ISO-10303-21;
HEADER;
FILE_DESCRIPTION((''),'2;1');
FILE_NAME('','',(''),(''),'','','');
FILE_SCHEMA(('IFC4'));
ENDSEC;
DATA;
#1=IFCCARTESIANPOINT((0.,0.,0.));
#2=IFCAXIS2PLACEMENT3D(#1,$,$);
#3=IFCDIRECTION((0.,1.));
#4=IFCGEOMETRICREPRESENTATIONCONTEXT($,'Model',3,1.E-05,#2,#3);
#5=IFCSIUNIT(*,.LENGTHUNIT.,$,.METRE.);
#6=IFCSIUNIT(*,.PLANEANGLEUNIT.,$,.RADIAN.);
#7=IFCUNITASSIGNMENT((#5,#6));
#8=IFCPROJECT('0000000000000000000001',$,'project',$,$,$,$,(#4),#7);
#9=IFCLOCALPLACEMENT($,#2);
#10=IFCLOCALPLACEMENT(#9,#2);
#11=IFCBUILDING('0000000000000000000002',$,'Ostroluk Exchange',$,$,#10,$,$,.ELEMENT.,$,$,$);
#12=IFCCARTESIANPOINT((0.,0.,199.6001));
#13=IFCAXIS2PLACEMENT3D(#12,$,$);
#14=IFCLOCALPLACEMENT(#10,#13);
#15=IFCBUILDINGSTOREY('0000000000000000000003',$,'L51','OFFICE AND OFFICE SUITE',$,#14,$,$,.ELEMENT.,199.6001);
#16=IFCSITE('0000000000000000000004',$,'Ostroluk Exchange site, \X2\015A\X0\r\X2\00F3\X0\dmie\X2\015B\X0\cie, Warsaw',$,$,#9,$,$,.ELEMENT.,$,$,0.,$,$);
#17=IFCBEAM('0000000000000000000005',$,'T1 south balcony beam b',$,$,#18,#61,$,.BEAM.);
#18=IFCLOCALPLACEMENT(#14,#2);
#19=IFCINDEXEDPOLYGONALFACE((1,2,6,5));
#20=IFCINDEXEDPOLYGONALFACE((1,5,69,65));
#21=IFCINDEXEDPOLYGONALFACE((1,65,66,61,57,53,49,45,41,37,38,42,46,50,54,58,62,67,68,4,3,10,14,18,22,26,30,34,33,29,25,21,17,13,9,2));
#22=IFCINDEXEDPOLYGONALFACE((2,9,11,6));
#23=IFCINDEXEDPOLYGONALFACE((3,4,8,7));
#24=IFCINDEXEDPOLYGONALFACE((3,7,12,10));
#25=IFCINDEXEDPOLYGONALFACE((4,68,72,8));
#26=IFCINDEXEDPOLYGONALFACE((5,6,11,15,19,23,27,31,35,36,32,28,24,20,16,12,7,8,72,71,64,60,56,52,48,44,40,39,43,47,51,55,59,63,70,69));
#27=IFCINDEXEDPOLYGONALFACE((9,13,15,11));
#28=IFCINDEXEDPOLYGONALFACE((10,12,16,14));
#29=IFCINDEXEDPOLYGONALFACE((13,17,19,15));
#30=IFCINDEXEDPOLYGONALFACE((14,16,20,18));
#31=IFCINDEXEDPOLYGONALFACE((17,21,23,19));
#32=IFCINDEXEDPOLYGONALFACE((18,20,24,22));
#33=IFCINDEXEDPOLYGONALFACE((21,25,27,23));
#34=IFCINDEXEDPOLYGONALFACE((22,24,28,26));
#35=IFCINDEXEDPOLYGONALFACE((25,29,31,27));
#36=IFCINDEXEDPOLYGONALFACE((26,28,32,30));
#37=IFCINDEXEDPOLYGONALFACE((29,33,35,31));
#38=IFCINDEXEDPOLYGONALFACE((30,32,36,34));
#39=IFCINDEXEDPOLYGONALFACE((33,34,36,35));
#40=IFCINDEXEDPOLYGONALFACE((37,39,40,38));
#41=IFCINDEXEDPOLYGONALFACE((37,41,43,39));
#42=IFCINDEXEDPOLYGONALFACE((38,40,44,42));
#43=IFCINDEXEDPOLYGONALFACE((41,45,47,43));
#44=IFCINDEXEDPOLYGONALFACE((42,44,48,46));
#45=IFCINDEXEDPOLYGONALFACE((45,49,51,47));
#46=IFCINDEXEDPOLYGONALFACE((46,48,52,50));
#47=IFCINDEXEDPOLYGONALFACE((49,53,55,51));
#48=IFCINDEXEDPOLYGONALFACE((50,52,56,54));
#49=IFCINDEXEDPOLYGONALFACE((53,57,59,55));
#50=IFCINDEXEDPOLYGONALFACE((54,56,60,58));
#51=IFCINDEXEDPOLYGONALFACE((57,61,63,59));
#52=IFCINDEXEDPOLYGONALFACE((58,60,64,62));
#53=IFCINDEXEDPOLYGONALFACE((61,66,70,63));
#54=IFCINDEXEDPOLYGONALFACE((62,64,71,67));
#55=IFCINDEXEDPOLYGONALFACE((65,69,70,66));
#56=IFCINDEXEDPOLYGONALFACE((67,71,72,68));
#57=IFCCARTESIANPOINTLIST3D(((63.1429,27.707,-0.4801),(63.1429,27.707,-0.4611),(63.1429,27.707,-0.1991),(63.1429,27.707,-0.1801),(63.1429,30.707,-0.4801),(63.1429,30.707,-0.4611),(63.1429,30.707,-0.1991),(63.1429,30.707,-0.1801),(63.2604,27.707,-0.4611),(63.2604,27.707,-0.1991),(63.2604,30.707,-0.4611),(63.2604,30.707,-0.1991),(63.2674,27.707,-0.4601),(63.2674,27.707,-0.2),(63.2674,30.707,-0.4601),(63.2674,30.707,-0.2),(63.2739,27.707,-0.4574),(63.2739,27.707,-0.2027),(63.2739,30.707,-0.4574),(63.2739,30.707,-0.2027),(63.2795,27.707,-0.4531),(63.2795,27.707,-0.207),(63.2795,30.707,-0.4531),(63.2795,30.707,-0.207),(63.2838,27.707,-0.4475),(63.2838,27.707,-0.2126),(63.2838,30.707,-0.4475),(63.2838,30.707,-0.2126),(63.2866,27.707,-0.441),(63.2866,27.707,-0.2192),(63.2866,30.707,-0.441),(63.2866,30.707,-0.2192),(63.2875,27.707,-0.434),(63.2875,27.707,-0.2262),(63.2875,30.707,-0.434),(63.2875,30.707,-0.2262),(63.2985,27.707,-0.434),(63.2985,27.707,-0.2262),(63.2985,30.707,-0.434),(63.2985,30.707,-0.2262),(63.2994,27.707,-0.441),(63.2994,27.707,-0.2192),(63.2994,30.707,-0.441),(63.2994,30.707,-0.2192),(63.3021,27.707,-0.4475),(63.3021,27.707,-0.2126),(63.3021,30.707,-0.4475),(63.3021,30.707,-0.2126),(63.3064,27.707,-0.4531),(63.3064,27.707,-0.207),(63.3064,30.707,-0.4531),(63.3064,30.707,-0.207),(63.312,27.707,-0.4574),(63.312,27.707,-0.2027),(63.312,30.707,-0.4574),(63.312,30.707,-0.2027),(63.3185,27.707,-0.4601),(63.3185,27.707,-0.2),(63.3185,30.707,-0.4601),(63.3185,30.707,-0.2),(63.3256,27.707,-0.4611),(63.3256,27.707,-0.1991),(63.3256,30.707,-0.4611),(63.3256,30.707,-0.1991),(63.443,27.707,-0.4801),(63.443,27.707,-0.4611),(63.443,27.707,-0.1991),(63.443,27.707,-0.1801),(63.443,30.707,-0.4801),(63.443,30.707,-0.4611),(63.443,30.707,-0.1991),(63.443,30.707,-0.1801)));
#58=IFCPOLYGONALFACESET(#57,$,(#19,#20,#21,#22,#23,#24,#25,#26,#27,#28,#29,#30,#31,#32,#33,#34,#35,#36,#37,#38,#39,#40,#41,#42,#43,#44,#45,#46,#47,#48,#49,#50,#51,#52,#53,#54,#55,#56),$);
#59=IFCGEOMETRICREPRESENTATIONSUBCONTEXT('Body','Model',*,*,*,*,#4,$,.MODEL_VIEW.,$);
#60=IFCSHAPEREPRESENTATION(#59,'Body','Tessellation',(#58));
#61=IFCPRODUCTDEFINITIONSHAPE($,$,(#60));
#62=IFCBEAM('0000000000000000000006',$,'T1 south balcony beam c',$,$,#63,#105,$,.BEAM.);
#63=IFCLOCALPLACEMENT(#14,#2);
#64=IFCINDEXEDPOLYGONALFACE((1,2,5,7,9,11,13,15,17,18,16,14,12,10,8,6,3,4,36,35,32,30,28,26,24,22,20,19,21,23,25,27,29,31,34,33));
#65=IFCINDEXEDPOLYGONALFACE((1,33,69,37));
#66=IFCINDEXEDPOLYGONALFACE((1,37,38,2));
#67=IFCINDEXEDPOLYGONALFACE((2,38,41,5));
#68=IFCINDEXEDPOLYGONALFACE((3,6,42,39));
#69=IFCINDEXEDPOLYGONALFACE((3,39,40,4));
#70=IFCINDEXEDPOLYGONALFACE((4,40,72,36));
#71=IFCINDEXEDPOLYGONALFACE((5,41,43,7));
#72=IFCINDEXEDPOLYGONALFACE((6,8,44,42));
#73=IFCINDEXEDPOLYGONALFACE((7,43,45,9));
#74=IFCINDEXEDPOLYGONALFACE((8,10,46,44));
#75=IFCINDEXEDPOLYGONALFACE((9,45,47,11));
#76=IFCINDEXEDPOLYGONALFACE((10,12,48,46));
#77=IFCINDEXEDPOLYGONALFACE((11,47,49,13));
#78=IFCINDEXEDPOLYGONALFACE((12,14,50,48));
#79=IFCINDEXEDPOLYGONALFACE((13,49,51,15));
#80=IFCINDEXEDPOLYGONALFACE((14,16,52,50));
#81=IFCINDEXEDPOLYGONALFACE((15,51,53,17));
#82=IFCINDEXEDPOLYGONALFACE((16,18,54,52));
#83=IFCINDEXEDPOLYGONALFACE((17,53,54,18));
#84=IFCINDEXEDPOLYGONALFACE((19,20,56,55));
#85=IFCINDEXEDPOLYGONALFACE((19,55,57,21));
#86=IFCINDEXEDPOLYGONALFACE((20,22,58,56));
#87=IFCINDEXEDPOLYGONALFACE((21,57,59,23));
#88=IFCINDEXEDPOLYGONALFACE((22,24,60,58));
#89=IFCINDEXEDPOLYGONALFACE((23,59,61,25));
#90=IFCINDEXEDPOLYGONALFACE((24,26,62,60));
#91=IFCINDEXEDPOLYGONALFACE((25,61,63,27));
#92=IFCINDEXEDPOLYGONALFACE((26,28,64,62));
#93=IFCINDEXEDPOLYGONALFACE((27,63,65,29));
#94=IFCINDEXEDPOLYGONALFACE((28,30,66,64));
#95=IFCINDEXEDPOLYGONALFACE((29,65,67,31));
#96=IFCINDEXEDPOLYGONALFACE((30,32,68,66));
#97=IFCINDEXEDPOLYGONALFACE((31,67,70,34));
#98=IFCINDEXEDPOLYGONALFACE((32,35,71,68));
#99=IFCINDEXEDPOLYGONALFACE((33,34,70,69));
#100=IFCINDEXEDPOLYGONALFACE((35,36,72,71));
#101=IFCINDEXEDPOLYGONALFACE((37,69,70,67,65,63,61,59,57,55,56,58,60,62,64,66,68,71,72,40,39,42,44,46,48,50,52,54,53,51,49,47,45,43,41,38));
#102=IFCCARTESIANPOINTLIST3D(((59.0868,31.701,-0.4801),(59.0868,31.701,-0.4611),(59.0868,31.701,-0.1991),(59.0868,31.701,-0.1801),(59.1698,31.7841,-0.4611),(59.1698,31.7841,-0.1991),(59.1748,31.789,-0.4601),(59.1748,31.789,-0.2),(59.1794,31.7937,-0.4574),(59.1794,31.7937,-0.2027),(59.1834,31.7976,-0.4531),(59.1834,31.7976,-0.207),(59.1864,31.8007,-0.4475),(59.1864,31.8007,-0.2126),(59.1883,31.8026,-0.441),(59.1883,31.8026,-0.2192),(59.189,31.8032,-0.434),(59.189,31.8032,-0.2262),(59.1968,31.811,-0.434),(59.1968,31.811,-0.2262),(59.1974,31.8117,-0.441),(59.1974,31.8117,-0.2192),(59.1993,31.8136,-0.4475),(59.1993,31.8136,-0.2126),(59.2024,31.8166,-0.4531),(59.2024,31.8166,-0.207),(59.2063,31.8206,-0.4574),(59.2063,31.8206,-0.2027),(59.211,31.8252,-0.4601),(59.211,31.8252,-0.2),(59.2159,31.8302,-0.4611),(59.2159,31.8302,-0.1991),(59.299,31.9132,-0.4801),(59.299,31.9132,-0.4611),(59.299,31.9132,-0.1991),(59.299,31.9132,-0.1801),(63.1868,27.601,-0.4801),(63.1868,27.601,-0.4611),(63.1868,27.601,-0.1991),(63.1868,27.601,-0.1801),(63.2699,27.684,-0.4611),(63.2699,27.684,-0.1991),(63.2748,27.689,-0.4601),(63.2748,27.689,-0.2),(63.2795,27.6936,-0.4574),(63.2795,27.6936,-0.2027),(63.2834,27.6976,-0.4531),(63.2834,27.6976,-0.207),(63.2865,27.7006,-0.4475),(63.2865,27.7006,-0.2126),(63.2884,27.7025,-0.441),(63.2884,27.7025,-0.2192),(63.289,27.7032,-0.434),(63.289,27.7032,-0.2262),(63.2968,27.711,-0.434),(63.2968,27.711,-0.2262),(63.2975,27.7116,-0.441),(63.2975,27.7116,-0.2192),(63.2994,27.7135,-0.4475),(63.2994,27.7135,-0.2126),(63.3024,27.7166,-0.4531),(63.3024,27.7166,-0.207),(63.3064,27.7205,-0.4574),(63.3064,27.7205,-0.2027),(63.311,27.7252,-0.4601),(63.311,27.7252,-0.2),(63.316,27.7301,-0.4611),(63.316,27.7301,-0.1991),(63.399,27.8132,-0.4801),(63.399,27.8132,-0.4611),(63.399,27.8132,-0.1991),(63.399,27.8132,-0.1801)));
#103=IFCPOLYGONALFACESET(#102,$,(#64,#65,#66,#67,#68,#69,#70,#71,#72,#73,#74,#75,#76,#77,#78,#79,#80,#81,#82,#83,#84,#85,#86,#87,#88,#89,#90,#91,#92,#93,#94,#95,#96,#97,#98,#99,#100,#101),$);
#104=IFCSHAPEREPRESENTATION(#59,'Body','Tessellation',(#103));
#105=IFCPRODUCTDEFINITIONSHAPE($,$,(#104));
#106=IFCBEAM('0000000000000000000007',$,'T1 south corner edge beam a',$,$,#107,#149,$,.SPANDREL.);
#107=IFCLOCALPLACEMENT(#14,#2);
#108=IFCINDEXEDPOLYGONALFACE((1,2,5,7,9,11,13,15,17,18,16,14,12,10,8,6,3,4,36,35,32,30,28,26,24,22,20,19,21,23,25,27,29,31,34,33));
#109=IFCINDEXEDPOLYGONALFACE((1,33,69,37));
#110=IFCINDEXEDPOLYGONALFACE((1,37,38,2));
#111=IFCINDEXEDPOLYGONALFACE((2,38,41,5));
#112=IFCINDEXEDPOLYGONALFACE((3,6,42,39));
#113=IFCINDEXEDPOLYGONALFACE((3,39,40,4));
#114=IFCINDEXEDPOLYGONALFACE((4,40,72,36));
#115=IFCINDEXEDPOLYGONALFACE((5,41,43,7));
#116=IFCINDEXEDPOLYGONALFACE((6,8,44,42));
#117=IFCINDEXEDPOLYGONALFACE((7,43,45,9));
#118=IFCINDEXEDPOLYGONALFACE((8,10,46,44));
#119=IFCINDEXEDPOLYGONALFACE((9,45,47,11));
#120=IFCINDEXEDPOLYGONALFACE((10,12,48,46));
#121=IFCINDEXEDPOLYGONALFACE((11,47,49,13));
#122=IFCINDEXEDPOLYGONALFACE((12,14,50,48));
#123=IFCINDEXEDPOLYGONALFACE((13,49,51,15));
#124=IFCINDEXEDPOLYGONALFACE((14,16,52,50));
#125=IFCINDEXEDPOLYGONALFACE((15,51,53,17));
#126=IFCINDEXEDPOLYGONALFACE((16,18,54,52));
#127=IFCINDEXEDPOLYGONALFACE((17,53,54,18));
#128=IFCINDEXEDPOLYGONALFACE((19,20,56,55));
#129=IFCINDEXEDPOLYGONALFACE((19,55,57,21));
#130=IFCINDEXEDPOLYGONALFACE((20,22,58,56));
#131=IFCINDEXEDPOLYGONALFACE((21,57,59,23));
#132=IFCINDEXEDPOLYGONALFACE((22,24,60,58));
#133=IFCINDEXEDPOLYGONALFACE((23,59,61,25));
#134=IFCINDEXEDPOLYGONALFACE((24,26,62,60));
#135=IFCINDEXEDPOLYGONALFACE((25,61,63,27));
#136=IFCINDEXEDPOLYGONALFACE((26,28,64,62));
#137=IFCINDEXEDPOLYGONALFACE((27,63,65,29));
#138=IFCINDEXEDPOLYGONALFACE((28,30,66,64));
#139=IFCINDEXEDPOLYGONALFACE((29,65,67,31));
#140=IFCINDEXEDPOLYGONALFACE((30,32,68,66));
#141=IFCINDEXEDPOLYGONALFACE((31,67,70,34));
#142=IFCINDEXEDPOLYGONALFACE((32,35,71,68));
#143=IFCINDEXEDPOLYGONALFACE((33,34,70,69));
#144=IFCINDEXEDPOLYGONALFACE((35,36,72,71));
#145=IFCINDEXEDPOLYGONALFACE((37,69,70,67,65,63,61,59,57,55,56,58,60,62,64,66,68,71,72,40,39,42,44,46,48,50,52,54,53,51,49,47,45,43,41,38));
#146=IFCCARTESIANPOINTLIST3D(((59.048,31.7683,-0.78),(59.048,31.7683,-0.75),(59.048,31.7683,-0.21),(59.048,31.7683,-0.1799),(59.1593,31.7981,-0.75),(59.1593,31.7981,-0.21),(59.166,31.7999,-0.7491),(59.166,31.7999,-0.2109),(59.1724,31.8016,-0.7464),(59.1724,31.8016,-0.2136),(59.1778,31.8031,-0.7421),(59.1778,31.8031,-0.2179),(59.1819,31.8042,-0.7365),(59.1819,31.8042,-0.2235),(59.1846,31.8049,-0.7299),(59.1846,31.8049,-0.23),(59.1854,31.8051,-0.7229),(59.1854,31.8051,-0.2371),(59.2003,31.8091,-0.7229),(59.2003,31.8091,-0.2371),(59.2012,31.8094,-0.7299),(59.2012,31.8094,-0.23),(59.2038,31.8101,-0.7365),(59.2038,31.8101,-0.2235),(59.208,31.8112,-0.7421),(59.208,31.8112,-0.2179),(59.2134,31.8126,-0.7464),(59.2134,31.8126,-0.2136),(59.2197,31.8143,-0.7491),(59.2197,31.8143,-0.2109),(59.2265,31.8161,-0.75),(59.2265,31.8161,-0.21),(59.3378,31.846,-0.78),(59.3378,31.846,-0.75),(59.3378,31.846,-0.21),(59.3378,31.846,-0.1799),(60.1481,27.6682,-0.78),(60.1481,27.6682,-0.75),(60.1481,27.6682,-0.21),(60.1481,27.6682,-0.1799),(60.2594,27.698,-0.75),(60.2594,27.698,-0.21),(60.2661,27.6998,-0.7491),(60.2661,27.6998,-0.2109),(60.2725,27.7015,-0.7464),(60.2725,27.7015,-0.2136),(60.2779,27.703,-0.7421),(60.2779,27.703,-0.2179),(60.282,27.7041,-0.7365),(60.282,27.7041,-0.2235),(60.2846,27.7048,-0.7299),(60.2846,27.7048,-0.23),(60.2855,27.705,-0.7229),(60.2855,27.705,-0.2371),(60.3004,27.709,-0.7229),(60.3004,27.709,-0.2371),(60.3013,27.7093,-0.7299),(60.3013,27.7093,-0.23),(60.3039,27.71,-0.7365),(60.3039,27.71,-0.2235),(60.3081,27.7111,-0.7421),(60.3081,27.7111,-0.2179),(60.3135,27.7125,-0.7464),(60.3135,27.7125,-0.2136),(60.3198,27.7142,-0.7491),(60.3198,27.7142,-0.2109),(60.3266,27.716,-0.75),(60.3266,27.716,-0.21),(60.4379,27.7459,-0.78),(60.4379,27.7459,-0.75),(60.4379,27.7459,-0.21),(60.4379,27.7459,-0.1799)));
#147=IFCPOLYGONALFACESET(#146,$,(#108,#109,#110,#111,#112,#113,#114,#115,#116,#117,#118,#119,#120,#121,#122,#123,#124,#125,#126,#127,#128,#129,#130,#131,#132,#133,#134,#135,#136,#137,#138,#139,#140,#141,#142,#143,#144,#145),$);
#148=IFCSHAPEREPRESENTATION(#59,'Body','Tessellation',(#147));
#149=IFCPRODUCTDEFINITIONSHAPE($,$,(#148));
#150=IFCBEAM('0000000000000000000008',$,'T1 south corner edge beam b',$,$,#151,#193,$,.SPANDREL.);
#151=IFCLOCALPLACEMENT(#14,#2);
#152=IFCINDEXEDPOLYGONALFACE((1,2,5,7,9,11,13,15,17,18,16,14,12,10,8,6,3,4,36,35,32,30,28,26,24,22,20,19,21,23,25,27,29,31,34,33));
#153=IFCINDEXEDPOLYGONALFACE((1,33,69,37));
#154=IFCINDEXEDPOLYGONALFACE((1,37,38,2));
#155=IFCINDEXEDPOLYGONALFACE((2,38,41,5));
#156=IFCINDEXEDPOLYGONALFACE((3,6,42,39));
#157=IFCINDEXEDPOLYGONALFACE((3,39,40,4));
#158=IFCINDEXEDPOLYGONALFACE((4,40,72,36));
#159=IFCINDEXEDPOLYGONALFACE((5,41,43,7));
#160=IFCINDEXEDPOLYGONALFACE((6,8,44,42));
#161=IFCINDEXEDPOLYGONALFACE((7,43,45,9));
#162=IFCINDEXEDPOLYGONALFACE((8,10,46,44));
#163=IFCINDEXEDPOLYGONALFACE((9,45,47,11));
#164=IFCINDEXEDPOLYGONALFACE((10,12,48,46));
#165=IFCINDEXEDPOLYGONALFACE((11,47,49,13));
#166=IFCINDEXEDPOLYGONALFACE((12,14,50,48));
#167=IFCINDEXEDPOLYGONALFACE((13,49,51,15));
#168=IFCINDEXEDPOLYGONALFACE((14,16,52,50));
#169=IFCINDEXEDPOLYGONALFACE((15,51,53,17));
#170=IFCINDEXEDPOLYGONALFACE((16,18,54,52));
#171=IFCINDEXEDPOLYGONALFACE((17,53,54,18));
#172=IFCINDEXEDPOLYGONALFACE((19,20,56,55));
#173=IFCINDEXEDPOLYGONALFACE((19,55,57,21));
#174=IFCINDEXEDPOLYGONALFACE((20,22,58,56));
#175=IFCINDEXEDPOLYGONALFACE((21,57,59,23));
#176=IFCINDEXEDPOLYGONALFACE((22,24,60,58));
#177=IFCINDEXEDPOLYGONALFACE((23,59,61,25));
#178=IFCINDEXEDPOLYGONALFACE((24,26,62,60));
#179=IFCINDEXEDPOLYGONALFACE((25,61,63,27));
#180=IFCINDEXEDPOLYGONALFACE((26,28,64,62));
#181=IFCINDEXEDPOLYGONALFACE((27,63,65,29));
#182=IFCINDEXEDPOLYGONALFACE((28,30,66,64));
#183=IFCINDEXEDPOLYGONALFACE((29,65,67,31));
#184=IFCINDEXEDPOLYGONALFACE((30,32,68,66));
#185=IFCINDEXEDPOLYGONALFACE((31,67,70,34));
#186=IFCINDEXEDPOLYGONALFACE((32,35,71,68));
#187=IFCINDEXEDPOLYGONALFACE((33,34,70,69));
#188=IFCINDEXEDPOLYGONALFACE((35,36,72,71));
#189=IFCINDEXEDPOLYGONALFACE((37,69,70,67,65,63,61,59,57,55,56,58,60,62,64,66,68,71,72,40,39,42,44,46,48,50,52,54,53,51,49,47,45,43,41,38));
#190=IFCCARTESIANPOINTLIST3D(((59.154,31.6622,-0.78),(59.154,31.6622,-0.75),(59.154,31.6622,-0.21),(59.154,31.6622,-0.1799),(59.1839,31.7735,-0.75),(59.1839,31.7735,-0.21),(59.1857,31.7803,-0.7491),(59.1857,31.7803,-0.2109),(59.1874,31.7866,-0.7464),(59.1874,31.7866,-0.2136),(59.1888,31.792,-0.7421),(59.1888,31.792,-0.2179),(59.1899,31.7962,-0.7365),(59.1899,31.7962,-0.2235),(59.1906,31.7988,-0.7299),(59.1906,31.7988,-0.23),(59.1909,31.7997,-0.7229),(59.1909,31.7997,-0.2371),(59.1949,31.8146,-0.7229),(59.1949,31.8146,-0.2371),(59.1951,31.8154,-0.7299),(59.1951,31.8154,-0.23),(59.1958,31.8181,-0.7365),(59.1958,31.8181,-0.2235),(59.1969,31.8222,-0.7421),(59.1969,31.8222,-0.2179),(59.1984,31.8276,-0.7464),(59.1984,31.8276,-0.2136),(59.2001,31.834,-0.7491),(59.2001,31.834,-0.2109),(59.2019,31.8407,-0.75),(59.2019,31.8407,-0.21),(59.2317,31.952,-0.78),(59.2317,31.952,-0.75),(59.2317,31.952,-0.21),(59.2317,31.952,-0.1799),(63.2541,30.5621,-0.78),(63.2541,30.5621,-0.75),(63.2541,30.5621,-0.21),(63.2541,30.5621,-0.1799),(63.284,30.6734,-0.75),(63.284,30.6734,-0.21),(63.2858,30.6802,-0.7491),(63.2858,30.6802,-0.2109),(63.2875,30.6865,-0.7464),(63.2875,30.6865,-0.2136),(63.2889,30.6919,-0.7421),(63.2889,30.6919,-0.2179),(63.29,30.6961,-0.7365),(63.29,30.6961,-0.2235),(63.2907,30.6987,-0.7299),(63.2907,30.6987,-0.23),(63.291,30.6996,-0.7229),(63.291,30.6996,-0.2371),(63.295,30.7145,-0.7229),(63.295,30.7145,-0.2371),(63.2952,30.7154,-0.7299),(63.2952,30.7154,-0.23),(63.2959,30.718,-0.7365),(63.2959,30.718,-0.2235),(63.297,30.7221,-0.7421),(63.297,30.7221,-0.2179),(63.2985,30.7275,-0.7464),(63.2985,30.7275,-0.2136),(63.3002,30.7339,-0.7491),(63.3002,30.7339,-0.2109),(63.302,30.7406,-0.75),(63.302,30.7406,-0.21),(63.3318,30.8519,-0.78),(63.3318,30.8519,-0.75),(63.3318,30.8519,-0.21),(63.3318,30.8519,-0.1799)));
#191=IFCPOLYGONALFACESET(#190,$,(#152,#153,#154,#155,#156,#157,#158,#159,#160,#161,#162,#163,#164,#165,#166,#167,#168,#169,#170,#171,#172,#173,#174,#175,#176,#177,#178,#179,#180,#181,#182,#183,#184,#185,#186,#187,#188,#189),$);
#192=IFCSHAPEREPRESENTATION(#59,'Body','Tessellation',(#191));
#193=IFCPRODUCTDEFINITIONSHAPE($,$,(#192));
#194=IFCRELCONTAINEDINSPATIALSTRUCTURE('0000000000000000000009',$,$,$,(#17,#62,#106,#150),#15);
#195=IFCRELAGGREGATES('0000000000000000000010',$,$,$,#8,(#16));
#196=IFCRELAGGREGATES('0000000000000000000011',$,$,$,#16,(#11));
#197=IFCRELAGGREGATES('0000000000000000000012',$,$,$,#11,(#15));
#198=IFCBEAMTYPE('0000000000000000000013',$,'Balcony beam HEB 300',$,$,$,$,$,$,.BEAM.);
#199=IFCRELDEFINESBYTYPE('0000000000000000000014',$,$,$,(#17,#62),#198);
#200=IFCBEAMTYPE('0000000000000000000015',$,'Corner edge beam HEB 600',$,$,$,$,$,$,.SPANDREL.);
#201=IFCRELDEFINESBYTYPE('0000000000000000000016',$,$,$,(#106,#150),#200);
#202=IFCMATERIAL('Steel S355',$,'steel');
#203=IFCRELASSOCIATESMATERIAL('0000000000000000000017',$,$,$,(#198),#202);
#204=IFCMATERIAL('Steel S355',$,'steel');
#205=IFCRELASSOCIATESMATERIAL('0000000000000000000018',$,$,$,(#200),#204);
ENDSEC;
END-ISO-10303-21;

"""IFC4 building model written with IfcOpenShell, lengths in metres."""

from ifc_helpers import new_model, si_unit, direction, frame, origin, origin_2d, place, context, subcontext, project, spatial, i_section, extrude, material, material_profile, profile_set, type_object, element, save


model = new_model("IFC4")

# Units and contexts
model_context = context("Model", 3, precision=1e-05, world=origin(), true_north=direction((0.0, 1.0)))
body_context = subcontext(model_context, "Body", "Model", "MODEL_VIEW")
ifc_project = project(units=[si_unit("LENGTHUNIT", "METRE"), si_unit("PLANEANGLEUNIT", "RADIAN")], contexts=[model_context])

# Site, building, storey
site_placement = place(None, origin())
site = spatial("IfcSite", under=ifc_project, at=site_placement, Name="Ostroluk Exchange site, Śródmieście, Warsaw", CompositionType="ELEMENT", RefElevation=0.0)
building_placement = place(site_placement, origin())
building = spatial("IfcBuilding", under=site, at=building_placement, Name="Ostroluk Exchange", CompositionType="ELEMENT")
storey_placement = place(building_placement, frame((0.0, 0.0, 199.6001)))
storey = spatial("IfcBuildingStorey", under=building, at=storey_placement, Name="L51", Description="OFFICE AND OFFICE SUITE", CompositionType="ELEMENT", Elevation=199.6001)

# Beams
ifc_material_1 = material(Name="Steel S355", Category="steel")
ifc_material_profile_1 = material_profile(ifc_material_1, i_section(OverallWidth=0.3, OverallDepth=0.3, WebThickness=0.011, FlangeThickness=0.019, FilletRadius=0.0271, at=origin_2d()), Name="HEB 300")
ifc_profile_set_1 = profile_set([ifc_material_profile_1], Name="Steel S355")
beam_type_1 = type_object("IfcBeamType", Name="Balcony beam HEB 300", PredefinedType="BEAM", material=ifc_profile_set_1)
for number, where, z_axis, x_axis, name in (
    (1, (63.293, 30.707, -0.3301), (0.0, -1.0, 0.0), (1.0, 0.0, 0.0), "T1 south balcony beam b"),
):
    element("IfcBeam", number, at=place(storey_placement, frame(where, z_axis=z_axis, x_axis=x_axis)), inside=storey, type_object=beam_type_1, Name=name, PredefinedType="BEAM", context=body_context, shape_type="SweptSolid", body=[
        extrude(i_section(OverallWidth=0.3, OverallDepth=0.3, WebThickness=0.011, FlangeThickness=0.019, FilletRadius=0.0271, at=origin_2d()), origin(), (0.0, 0.0, 1.0), 3.0),
    ])
beam_1_placement = place(storey_placement, frame((59.1929, 31.8071, -0.3301), z_axis=(0.707107, -0.707107, 0.0), x_axis=(0.707107, 0.707107, 0.0)))
element("IfcBeam", 2, at=beam_1_placement, inside=storey, type_object=beam_type_1, Name="T1 south balcony beam c", PredefinedType="BEAM", context=body_context, shape_type="SweptSolid", body=[
    extrude(i_section(OverallWidth=0.3, OverallDepth=0.3, WebThickness=0.011, FlangeThickness=0.019, FilletRadius=0.0271, at=origin_2d()), origin(), (0.0, 0.0, 1.0), 5.7983),
])
ifc_material_2 = material(Name="Steel S355", Category="steel")
ifc_material_profile_2 = material_profile(ifc_material_2, i_section(OverallWidth=0.3, OverallDepth=0.6001, WebThickness=0.0154, FlangeThickness=0.03, FilletRadius=0.0271, at=origin_2d()), Name="HEB 600")
ifc_profile_set_2 = profile_set([ifc_material_profile_2], Name="Steel S355")
beam_type_2 = type_object("IfcBeamType", Name="Corner edge beam HEB 600", PredefinedType="SPANDREL", material=ifc_profile_set_2)
for number, where, z_axis, x_axis, name in (
    (3, (59.1929, 31.8071, -0.48), (0.259144, -0.965839, 0.0), (0.965839, 0.259144, 0.0), "T1 south corner edge beam a"),
    (4, (59.1929, 31.8071, -0.48), (0.965839, -0.259144, 0.0), (0.259144, 0.965839, 0.0), "T1 south corner edge beam b"),
):
    element("IfcBeam", number, at=place(storey_placement, frame(where, z_axis=z_axis, x_axis=x_axis)), inside=storey, type_object=beam_type_2, Name=name, PredefinedType="SPANDREL", context=body_context, shape_type="SweptSolid", body=[
        extrude(i_section(OverallWidth=0.3, OverallDepth=0.6001, WebThickness=0.0154, FlangeThickness=0.03, FilletRadius=0.0271, at=origin_2d()), origin(), (0.0, 0.0, 1.0), 4.2451),
    ])

save(model, "model.ifc")
